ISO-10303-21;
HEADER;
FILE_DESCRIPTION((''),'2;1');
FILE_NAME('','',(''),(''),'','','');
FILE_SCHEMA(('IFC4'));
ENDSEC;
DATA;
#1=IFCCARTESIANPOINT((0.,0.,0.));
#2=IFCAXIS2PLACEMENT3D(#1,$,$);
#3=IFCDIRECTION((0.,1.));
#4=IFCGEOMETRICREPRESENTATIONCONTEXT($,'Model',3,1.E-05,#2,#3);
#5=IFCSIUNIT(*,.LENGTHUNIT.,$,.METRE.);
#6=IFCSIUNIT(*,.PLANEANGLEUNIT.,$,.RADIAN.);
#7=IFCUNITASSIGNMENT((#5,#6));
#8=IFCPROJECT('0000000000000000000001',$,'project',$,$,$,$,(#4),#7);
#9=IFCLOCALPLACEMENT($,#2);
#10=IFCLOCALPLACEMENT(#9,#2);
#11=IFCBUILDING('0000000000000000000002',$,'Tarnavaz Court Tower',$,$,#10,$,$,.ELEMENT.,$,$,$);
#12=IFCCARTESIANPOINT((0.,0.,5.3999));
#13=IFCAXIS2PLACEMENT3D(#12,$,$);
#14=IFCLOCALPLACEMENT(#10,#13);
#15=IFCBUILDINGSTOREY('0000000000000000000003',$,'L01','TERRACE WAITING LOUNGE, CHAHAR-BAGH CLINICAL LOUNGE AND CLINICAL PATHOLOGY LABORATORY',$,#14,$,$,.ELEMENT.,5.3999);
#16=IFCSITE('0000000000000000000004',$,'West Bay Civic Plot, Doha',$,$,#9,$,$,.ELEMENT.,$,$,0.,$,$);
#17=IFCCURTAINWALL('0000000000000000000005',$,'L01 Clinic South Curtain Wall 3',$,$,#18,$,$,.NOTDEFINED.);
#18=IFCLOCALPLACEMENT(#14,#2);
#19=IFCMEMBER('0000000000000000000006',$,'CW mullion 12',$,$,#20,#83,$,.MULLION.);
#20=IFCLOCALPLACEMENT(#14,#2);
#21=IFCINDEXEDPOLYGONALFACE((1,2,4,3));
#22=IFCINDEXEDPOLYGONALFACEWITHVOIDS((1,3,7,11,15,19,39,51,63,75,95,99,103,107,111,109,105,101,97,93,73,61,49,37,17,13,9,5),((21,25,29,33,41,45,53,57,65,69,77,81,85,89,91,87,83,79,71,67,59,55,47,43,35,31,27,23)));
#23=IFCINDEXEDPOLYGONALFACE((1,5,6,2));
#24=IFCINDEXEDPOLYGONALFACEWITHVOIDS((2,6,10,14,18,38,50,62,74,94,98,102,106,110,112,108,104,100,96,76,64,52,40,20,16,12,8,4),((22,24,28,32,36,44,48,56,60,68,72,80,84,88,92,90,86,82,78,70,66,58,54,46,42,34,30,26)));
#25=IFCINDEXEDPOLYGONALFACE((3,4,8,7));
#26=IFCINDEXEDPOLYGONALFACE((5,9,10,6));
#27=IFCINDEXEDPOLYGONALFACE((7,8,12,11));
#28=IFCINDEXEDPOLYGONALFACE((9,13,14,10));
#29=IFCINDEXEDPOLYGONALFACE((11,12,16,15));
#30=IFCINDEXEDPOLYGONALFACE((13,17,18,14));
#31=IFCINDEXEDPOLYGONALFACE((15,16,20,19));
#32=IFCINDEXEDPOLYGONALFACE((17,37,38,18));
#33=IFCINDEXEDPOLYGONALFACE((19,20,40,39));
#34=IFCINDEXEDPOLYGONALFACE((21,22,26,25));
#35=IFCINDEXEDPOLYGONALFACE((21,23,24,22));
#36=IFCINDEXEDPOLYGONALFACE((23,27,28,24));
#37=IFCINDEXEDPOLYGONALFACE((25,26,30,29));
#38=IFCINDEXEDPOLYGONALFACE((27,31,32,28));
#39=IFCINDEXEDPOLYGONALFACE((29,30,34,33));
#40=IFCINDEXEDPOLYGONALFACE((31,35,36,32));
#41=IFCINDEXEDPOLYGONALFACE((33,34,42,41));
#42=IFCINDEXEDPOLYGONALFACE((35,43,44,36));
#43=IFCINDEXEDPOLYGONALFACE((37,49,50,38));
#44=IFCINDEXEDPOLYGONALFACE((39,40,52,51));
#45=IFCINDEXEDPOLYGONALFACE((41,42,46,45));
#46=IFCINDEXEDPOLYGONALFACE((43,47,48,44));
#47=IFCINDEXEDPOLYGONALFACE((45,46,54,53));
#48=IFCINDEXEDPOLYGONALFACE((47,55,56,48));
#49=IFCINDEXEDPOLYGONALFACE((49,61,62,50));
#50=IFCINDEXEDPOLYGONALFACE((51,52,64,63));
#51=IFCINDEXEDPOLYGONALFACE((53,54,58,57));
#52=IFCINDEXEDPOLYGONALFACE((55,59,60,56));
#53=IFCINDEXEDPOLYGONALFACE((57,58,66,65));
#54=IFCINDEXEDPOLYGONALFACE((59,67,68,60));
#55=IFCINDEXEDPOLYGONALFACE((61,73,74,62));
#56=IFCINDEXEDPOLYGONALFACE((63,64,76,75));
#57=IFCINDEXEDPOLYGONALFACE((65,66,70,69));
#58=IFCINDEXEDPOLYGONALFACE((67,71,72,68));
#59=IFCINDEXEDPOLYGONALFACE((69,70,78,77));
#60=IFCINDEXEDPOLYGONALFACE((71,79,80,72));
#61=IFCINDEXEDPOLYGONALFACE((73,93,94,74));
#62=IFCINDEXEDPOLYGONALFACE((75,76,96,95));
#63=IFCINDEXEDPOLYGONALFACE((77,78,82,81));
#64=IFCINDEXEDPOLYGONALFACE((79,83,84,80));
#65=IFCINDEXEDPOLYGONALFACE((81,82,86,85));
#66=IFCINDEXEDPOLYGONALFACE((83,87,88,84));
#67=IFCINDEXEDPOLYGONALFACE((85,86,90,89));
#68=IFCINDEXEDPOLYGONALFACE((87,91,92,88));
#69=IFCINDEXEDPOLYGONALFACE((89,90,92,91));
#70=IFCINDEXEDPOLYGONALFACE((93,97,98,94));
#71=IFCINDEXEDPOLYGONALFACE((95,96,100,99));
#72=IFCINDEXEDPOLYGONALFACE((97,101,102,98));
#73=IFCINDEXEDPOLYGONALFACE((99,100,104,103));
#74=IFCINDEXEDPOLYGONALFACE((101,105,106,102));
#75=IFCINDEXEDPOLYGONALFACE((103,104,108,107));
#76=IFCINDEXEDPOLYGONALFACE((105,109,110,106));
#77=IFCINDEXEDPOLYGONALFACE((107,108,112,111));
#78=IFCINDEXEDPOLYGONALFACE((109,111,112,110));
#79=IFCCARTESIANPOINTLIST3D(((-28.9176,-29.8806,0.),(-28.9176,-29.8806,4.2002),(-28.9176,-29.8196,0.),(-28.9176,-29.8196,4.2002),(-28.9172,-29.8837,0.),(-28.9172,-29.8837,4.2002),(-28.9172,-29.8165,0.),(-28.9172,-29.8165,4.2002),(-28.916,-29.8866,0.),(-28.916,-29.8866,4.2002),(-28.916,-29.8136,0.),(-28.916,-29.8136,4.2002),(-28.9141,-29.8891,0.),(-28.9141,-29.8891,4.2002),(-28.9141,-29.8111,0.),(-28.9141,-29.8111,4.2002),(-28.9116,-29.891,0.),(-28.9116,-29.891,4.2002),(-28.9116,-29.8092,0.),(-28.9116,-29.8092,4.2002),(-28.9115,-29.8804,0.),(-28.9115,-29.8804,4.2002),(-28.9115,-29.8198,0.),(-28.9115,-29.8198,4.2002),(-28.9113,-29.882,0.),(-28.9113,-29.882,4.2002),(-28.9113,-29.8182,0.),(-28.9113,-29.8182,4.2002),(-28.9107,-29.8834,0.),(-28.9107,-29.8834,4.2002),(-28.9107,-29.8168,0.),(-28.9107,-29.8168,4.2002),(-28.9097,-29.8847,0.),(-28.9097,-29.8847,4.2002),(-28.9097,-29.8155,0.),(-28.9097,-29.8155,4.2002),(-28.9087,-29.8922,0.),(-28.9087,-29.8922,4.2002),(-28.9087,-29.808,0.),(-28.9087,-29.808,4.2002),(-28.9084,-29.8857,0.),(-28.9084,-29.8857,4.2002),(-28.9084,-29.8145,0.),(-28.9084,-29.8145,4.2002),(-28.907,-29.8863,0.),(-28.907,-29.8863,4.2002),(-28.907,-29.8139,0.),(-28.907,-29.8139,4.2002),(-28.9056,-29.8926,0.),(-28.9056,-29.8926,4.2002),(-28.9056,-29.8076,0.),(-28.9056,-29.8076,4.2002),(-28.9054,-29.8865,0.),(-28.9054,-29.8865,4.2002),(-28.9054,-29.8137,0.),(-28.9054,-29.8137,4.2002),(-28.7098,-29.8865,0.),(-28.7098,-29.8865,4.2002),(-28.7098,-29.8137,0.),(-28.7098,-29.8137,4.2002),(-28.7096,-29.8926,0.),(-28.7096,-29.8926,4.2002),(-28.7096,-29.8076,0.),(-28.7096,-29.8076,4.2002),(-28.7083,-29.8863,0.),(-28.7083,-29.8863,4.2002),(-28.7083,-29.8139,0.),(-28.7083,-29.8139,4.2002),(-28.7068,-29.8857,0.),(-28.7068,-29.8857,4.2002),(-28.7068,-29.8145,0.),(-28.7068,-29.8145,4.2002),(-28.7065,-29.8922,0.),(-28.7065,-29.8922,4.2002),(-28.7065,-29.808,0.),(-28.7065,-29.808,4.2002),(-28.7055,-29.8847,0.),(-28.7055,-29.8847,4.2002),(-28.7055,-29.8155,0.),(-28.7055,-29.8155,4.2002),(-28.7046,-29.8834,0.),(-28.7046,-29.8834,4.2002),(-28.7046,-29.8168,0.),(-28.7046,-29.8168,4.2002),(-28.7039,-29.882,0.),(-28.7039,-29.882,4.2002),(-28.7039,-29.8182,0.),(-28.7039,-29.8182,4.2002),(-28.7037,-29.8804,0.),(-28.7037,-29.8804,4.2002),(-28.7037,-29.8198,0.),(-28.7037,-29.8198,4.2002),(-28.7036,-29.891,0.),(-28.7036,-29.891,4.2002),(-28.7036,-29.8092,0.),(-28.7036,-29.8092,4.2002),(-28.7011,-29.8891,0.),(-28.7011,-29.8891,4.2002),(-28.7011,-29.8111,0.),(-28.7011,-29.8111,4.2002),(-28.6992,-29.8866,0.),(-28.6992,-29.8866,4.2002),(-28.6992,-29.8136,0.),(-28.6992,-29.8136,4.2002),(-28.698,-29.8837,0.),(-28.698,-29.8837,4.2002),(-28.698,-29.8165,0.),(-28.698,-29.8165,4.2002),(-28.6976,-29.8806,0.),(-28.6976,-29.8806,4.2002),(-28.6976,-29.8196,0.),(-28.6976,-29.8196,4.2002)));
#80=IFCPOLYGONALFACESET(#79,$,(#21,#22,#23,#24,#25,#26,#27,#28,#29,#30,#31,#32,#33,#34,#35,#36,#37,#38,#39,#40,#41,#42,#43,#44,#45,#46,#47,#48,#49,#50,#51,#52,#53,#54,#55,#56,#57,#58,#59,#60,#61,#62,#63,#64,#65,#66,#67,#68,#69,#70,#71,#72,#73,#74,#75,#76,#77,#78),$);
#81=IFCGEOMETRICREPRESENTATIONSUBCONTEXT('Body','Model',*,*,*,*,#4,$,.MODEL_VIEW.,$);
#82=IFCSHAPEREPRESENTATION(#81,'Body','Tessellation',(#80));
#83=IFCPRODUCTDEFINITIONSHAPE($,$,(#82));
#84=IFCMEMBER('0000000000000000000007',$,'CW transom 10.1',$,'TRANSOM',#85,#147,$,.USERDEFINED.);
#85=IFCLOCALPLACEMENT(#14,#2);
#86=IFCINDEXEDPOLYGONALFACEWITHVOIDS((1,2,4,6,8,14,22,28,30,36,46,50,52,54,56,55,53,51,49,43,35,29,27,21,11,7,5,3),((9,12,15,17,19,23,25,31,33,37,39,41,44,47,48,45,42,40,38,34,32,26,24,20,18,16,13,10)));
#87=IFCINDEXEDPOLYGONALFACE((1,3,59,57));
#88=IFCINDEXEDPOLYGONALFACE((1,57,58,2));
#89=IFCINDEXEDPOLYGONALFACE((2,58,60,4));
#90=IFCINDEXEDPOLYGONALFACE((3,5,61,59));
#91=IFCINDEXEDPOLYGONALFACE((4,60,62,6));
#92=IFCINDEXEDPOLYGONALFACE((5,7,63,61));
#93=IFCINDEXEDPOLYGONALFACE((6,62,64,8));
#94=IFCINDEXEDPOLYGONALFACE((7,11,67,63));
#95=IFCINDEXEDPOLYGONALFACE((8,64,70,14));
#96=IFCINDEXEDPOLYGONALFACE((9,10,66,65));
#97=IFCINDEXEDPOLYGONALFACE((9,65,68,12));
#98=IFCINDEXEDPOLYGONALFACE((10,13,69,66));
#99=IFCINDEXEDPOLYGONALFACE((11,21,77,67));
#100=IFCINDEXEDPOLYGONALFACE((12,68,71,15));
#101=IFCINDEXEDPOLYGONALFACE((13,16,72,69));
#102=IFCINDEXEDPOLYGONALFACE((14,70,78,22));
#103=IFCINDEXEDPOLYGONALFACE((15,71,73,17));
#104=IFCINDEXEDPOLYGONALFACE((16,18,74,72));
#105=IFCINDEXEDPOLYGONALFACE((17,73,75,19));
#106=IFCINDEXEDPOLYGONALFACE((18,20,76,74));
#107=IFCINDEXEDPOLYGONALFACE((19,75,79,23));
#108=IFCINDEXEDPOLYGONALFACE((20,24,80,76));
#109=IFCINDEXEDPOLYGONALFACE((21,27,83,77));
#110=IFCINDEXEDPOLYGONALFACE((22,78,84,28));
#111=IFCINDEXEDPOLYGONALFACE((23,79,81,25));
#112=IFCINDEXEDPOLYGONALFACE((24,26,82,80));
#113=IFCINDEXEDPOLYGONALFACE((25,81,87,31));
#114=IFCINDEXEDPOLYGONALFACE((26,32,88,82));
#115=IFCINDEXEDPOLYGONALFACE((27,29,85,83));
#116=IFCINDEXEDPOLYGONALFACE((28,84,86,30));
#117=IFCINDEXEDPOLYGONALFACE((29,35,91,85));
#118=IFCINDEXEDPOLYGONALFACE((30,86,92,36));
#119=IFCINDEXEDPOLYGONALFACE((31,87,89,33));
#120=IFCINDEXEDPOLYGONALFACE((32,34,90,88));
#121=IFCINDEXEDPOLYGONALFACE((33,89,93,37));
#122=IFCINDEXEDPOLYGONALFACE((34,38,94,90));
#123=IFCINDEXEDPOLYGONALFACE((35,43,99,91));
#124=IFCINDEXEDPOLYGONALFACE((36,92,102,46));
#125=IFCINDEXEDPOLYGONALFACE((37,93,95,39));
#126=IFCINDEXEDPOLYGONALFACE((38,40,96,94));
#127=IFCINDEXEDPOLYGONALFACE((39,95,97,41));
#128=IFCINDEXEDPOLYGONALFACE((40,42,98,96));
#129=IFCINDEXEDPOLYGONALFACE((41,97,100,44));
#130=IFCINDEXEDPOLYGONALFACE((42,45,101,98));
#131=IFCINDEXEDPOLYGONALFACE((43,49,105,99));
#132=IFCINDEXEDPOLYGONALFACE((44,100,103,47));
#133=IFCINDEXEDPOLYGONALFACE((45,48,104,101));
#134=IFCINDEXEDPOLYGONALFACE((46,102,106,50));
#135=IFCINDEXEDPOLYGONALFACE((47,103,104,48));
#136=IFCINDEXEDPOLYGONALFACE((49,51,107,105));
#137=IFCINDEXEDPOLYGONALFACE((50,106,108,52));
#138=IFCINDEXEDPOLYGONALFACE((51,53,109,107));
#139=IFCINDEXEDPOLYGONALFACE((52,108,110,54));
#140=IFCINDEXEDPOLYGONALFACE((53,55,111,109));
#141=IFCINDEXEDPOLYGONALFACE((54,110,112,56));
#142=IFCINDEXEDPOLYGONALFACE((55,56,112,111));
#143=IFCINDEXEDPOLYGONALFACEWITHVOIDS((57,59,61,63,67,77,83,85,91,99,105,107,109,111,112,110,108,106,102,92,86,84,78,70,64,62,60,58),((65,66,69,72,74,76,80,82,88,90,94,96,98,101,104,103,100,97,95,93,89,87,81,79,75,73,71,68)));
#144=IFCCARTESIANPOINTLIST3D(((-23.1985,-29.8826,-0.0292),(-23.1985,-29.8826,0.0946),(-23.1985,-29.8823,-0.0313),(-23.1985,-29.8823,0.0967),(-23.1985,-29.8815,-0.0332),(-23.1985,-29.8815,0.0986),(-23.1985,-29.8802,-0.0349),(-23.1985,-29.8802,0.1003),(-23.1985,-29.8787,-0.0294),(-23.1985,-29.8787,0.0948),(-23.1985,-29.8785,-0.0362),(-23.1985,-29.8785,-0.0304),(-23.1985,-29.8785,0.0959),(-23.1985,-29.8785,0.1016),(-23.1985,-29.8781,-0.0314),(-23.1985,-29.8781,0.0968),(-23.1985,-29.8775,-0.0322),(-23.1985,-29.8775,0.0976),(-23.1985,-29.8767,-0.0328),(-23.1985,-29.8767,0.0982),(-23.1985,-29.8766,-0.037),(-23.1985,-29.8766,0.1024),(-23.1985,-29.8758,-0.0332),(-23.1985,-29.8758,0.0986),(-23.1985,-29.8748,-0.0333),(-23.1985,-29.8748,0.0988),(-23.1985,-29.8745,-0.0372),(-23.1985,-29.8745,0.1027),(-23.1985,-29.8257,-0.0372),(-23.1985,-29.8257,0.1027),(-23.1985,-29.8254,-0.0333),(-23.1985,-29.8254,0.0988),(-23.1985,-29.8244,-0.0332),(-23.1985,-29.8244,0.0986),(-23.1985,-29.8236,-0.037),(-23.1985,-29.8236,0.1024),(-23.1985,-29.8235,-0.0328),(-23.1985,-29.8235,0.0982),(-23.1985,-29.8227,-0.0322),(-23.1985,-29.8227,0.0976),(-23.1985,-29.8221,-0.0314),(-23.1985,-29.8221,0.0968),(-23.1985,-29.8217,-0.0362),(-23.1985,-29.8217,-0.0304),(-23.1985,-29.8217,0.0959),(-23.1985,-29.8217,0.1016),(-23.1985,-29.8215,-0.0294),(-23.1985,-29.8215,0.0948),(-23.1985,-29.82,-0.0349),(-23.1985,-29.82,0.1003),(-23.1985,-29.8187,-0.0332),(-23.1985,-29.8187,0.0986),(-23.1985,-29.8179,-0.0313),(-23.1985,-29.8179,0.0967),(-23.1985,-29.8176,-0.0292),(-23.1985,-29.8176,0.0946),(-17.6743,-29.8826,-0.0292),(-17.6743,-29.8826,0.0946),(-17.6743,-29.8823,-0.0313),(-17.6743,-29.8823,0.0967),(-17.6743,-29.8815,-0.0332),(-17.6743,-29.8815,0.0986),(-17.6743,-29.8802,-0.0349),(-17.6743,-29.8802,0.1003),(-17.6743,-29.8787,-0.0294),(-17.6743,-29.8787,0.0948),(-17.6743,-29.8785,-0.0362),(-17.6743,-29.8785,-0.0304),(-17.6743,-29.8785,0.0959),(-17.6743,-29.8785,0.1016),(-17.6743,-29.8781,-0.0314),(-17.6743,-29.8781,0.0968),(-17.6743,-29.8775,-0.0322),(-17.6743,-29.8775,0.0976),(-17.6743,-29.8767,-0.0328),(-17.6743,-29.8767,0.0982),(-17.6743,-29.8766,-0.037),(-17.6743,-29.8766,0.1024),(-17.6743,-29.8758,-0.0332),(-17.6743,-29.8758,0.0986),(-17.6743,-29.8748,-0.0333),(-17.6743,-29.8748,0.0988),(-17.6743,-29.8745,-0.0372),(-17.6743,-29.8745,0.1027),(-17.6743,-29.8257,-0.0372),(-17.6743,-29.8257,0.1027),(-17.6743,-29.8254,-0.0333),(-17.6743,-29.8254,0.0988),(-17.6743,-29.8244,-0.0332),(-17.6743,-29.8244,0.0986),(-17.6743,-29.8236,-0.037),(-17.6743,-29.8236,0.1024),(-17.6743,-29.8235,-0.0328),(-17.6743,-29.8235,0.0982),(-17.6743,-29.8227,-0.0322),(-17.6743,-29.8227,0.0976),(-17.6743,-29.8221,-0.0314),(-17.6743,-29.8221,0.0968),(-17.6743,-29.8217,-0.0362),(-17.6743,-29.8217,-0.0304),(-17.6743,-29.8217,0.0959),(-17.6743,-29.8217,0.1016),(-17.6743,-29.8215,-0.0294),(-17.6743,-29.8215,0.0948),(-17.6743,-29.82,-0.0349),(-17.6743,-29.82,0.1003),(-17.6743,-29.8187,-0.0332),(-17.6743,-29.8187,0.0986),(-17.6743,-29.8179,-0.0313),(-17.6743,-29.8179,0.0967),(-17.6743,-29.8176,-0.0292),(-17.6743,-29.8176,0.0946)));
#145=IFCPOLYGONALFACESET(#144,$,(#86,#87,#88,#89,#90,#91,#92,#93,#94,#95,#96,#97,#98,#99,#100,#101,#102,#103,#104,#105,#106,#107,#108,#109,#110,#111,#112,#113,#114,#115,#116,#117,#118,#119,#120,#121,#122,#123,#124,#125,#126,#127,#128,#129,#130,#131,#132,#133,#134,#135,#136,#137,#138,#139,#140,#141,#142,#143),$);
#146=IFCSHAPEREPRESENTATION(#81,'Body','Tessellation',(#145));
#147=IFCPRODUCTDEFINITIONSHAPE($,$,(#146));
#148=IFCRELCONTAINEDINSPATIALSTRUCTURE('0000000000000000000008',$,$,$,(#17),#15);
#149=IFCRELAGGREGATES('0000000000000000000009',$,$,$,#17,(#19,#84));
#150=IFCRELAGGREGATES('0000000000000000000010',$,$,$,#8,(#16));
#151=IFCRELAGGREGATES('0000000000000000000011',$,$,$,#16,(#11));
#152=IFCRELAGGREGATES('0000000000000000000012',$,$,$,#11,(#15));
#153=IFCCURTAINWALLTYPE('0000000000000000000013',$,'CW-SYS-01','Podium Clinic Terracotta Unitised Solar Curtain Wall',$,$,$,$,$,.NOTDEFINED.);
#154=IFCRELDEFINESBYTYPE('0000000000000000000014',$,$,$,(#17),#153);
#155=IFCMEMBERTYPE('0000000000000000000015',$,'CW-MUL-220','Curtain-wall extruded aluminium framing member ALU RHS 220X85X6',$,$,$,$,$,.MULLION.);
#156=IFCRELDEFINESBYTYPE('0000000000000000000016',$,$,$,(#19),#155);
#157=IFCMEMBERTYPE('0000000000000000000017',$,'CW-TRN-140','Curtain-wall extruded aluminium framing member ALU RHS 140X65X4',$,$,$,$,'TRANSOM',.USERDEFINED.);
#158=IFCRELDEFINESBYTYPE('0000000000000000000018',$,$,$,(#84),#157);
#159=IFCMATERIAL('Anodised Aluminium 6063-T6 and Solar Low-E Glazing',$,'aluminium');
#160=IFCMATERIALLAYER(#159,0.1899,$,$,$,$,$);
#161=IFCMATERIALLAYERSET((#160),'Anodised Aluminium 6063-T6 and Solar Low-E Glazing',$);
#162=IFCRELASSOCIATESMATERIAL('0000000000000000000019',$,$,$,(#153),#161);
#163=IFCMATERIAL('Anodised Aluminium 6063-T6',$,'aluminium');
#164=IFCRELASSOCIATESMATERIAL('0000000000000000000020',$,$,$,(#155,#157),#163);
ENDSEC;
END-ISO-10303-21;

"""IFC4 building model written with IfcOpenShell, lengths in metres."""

from ifc_helpers import new_model, si_unit, direction, frame, origin, origin_2d, place, context, subcontext, project, spatial, hollow_rectangle, extrude, material, layer, layer_set, material_profile, profile_set, type_object, element, aggregate, save


model = new_model("IFC4")

# Units and contexts
model_context = context("Model", 3, precision=1e-05, world=origin(), true_north=direction((0.0, 1.0)))
body_context = subcontext(model_context, "Body", "Model", "MODEL_VIEW")
ifc_project = project(units=[si_unit("LENGTHUNIT", "METRE"), si_unit("PLANEANGLEUNIT", "RADIAN")], contexts=[model_context])

# Site, building, storey
site_placement = place(None, origin())
site = spatial("IfcSite", under=ifc_project, at=site_placement, Name="West Bay Civic Plot, Doha", CompositionType="ELEMENT", RefElevation=0.0)
building_placement = place(site_placement, origin())
building = spatial("IfcBuilding", under=site, at=building_placement, Name="Tarnavaz Court Tower", CompositionType="ELEMENT")
storey_placement = place(building_placement, frame((0.0, 0.0, 5.3999)))
storey = spatial("IfcBuildingStorey", under=building, at=storey_placement, Name="L01", Description="TERRACE WAITING LOUNGE, CHAHAR-BAGH CLINICAL LOUNGE AND CLINICAL PATHOLOGY LABORATORY", CompositionType="ELEMENT", Elevation=5.3999)

# Curtain wall, members
ifc_material_1 = material(Name="Anodised Aluminium 6063-T6 and Solar Low-E Glazing", Category="aluminium")
ifc_layer_1 = layer(ifc_material_1, 0.1899)
ifc_layer_set_1 = layer_set([ifc_layer_1], Name="Anodised Aluminium 6063-T6 and Solar Low-E Glazing")
curtain_wall_type = type_object("IfcCurtainWallType", Name="CW-SYS-01", Description="Podium Clinic Terracotta Unitised Solar Curtain Wall", PredefinedType="NOTDEFINED", material=ifc_layer_set_1)
curtain_wall_placement = place(storey_placement, origin())
curtain_wall = element("IfcCurtainWall", 1, at=curtain_wall_placement, inside=storey, type_object=curtain_wall_type, Name="L01 Clinic South Curtain Wall 3", PredefinedType="NOTDEFINED")
ifc_material_2 = material(Name="Anodised Aluminium 6063-T6", Category="aluminium")
ifc_material_profile_1 = material_profile(ifc_material_2, hollow_rectangle(XDim=0.085, YDim=0.22, WallThickness=0.0061, InnerFilletRadius=0.0061, OuterFilletRadius=0.012, at=origin_2d()), Name="ALU RHS 220X85X6")
ifc_profile_set_1 = profile_set([ifc_material_profile_1], Name="Anodised Aluminium 6063-T6")
member_type_1 = type_object("IfcMemberType", Name="CW-MUL-220", Description="Curtain-wall extruded aluminium framing member ALU RHS 220X85X6", PredefinedType="MULLION", material=ifc_profile_set_1)
member_1_placement = place(storey_placement, frame((-28.8076, -29.8501, 0.0), z_axis=(0.0, 0.0, 1.0), x_axis=(0.0, -1.0, 0.0)))
member_1 = element("IfcMember", 2, at=member_1_placement, type_object=member_type_1, Name="CW mullion 12", PredefinedType="MULLION", context=body_context, shape_type="SweptSolid", body=[
    extrude(hollow_rectangle(XDim=0.085, YDim=0.22, WallThickness=0.0061, InnerFilletRadius=0.0061, OuterFilletRadius=0.012, at=origin_2d()), origin(), (0.0, 0.0, 1.0), 4.2002),
])
ifc_material_profile_2 = material_profile(ifc_material_2, hollow_rectangle(XDim=0.0649, YDim=0.1399, WallThickness=0.0039, InnerFilletRadius=0.0039, OuterFilletRadius=0.0081, at=origin_2d()), Name="ALU RHS 140X65X4")
ifc_profile_set_2 = profile_set([ifc_material_profile_2], Name="Anodised Aluminium 6063-T6")
member_type_2 = type_object("IfcMemberType", Name="CW-TRN-140", Description="Curtain-wall extruded aluminium framing member ALU RHS 140X65X4", ElementType="TRANSOM", PredefinedType="USERDEFINED", material=ifc_profile_set_2)
member_2_placement = place(storey_placement, frame((-17.6743, -29.8501, 0.0327), z_axis=(-1.0, 0.0, 0.0), x_axis=(0.0, -1.0, 0.0)))
member_2 = element("IfcMember", 3, at=member_2_placement, type_object=member_type_2, Name="CW transom 10.1", ObjectType="TRANSOM", PredefinedType="USERDEFINED", context=body_context, shape_type="SweptSolid", body=[
    extrude(hollow_rectangle(XDim=0.0649, YDim=0.1399, WallThickness=0.0039, InnerFilletRadius=0.0039, OuterFilletRadius=0.0081, at=origin_2d()), origin(), (0.0, 0.0, 1.0), 5.5242),
])
aggregate(curtain_wall, [member_1, member_2])

save(model, "model.ifc")
